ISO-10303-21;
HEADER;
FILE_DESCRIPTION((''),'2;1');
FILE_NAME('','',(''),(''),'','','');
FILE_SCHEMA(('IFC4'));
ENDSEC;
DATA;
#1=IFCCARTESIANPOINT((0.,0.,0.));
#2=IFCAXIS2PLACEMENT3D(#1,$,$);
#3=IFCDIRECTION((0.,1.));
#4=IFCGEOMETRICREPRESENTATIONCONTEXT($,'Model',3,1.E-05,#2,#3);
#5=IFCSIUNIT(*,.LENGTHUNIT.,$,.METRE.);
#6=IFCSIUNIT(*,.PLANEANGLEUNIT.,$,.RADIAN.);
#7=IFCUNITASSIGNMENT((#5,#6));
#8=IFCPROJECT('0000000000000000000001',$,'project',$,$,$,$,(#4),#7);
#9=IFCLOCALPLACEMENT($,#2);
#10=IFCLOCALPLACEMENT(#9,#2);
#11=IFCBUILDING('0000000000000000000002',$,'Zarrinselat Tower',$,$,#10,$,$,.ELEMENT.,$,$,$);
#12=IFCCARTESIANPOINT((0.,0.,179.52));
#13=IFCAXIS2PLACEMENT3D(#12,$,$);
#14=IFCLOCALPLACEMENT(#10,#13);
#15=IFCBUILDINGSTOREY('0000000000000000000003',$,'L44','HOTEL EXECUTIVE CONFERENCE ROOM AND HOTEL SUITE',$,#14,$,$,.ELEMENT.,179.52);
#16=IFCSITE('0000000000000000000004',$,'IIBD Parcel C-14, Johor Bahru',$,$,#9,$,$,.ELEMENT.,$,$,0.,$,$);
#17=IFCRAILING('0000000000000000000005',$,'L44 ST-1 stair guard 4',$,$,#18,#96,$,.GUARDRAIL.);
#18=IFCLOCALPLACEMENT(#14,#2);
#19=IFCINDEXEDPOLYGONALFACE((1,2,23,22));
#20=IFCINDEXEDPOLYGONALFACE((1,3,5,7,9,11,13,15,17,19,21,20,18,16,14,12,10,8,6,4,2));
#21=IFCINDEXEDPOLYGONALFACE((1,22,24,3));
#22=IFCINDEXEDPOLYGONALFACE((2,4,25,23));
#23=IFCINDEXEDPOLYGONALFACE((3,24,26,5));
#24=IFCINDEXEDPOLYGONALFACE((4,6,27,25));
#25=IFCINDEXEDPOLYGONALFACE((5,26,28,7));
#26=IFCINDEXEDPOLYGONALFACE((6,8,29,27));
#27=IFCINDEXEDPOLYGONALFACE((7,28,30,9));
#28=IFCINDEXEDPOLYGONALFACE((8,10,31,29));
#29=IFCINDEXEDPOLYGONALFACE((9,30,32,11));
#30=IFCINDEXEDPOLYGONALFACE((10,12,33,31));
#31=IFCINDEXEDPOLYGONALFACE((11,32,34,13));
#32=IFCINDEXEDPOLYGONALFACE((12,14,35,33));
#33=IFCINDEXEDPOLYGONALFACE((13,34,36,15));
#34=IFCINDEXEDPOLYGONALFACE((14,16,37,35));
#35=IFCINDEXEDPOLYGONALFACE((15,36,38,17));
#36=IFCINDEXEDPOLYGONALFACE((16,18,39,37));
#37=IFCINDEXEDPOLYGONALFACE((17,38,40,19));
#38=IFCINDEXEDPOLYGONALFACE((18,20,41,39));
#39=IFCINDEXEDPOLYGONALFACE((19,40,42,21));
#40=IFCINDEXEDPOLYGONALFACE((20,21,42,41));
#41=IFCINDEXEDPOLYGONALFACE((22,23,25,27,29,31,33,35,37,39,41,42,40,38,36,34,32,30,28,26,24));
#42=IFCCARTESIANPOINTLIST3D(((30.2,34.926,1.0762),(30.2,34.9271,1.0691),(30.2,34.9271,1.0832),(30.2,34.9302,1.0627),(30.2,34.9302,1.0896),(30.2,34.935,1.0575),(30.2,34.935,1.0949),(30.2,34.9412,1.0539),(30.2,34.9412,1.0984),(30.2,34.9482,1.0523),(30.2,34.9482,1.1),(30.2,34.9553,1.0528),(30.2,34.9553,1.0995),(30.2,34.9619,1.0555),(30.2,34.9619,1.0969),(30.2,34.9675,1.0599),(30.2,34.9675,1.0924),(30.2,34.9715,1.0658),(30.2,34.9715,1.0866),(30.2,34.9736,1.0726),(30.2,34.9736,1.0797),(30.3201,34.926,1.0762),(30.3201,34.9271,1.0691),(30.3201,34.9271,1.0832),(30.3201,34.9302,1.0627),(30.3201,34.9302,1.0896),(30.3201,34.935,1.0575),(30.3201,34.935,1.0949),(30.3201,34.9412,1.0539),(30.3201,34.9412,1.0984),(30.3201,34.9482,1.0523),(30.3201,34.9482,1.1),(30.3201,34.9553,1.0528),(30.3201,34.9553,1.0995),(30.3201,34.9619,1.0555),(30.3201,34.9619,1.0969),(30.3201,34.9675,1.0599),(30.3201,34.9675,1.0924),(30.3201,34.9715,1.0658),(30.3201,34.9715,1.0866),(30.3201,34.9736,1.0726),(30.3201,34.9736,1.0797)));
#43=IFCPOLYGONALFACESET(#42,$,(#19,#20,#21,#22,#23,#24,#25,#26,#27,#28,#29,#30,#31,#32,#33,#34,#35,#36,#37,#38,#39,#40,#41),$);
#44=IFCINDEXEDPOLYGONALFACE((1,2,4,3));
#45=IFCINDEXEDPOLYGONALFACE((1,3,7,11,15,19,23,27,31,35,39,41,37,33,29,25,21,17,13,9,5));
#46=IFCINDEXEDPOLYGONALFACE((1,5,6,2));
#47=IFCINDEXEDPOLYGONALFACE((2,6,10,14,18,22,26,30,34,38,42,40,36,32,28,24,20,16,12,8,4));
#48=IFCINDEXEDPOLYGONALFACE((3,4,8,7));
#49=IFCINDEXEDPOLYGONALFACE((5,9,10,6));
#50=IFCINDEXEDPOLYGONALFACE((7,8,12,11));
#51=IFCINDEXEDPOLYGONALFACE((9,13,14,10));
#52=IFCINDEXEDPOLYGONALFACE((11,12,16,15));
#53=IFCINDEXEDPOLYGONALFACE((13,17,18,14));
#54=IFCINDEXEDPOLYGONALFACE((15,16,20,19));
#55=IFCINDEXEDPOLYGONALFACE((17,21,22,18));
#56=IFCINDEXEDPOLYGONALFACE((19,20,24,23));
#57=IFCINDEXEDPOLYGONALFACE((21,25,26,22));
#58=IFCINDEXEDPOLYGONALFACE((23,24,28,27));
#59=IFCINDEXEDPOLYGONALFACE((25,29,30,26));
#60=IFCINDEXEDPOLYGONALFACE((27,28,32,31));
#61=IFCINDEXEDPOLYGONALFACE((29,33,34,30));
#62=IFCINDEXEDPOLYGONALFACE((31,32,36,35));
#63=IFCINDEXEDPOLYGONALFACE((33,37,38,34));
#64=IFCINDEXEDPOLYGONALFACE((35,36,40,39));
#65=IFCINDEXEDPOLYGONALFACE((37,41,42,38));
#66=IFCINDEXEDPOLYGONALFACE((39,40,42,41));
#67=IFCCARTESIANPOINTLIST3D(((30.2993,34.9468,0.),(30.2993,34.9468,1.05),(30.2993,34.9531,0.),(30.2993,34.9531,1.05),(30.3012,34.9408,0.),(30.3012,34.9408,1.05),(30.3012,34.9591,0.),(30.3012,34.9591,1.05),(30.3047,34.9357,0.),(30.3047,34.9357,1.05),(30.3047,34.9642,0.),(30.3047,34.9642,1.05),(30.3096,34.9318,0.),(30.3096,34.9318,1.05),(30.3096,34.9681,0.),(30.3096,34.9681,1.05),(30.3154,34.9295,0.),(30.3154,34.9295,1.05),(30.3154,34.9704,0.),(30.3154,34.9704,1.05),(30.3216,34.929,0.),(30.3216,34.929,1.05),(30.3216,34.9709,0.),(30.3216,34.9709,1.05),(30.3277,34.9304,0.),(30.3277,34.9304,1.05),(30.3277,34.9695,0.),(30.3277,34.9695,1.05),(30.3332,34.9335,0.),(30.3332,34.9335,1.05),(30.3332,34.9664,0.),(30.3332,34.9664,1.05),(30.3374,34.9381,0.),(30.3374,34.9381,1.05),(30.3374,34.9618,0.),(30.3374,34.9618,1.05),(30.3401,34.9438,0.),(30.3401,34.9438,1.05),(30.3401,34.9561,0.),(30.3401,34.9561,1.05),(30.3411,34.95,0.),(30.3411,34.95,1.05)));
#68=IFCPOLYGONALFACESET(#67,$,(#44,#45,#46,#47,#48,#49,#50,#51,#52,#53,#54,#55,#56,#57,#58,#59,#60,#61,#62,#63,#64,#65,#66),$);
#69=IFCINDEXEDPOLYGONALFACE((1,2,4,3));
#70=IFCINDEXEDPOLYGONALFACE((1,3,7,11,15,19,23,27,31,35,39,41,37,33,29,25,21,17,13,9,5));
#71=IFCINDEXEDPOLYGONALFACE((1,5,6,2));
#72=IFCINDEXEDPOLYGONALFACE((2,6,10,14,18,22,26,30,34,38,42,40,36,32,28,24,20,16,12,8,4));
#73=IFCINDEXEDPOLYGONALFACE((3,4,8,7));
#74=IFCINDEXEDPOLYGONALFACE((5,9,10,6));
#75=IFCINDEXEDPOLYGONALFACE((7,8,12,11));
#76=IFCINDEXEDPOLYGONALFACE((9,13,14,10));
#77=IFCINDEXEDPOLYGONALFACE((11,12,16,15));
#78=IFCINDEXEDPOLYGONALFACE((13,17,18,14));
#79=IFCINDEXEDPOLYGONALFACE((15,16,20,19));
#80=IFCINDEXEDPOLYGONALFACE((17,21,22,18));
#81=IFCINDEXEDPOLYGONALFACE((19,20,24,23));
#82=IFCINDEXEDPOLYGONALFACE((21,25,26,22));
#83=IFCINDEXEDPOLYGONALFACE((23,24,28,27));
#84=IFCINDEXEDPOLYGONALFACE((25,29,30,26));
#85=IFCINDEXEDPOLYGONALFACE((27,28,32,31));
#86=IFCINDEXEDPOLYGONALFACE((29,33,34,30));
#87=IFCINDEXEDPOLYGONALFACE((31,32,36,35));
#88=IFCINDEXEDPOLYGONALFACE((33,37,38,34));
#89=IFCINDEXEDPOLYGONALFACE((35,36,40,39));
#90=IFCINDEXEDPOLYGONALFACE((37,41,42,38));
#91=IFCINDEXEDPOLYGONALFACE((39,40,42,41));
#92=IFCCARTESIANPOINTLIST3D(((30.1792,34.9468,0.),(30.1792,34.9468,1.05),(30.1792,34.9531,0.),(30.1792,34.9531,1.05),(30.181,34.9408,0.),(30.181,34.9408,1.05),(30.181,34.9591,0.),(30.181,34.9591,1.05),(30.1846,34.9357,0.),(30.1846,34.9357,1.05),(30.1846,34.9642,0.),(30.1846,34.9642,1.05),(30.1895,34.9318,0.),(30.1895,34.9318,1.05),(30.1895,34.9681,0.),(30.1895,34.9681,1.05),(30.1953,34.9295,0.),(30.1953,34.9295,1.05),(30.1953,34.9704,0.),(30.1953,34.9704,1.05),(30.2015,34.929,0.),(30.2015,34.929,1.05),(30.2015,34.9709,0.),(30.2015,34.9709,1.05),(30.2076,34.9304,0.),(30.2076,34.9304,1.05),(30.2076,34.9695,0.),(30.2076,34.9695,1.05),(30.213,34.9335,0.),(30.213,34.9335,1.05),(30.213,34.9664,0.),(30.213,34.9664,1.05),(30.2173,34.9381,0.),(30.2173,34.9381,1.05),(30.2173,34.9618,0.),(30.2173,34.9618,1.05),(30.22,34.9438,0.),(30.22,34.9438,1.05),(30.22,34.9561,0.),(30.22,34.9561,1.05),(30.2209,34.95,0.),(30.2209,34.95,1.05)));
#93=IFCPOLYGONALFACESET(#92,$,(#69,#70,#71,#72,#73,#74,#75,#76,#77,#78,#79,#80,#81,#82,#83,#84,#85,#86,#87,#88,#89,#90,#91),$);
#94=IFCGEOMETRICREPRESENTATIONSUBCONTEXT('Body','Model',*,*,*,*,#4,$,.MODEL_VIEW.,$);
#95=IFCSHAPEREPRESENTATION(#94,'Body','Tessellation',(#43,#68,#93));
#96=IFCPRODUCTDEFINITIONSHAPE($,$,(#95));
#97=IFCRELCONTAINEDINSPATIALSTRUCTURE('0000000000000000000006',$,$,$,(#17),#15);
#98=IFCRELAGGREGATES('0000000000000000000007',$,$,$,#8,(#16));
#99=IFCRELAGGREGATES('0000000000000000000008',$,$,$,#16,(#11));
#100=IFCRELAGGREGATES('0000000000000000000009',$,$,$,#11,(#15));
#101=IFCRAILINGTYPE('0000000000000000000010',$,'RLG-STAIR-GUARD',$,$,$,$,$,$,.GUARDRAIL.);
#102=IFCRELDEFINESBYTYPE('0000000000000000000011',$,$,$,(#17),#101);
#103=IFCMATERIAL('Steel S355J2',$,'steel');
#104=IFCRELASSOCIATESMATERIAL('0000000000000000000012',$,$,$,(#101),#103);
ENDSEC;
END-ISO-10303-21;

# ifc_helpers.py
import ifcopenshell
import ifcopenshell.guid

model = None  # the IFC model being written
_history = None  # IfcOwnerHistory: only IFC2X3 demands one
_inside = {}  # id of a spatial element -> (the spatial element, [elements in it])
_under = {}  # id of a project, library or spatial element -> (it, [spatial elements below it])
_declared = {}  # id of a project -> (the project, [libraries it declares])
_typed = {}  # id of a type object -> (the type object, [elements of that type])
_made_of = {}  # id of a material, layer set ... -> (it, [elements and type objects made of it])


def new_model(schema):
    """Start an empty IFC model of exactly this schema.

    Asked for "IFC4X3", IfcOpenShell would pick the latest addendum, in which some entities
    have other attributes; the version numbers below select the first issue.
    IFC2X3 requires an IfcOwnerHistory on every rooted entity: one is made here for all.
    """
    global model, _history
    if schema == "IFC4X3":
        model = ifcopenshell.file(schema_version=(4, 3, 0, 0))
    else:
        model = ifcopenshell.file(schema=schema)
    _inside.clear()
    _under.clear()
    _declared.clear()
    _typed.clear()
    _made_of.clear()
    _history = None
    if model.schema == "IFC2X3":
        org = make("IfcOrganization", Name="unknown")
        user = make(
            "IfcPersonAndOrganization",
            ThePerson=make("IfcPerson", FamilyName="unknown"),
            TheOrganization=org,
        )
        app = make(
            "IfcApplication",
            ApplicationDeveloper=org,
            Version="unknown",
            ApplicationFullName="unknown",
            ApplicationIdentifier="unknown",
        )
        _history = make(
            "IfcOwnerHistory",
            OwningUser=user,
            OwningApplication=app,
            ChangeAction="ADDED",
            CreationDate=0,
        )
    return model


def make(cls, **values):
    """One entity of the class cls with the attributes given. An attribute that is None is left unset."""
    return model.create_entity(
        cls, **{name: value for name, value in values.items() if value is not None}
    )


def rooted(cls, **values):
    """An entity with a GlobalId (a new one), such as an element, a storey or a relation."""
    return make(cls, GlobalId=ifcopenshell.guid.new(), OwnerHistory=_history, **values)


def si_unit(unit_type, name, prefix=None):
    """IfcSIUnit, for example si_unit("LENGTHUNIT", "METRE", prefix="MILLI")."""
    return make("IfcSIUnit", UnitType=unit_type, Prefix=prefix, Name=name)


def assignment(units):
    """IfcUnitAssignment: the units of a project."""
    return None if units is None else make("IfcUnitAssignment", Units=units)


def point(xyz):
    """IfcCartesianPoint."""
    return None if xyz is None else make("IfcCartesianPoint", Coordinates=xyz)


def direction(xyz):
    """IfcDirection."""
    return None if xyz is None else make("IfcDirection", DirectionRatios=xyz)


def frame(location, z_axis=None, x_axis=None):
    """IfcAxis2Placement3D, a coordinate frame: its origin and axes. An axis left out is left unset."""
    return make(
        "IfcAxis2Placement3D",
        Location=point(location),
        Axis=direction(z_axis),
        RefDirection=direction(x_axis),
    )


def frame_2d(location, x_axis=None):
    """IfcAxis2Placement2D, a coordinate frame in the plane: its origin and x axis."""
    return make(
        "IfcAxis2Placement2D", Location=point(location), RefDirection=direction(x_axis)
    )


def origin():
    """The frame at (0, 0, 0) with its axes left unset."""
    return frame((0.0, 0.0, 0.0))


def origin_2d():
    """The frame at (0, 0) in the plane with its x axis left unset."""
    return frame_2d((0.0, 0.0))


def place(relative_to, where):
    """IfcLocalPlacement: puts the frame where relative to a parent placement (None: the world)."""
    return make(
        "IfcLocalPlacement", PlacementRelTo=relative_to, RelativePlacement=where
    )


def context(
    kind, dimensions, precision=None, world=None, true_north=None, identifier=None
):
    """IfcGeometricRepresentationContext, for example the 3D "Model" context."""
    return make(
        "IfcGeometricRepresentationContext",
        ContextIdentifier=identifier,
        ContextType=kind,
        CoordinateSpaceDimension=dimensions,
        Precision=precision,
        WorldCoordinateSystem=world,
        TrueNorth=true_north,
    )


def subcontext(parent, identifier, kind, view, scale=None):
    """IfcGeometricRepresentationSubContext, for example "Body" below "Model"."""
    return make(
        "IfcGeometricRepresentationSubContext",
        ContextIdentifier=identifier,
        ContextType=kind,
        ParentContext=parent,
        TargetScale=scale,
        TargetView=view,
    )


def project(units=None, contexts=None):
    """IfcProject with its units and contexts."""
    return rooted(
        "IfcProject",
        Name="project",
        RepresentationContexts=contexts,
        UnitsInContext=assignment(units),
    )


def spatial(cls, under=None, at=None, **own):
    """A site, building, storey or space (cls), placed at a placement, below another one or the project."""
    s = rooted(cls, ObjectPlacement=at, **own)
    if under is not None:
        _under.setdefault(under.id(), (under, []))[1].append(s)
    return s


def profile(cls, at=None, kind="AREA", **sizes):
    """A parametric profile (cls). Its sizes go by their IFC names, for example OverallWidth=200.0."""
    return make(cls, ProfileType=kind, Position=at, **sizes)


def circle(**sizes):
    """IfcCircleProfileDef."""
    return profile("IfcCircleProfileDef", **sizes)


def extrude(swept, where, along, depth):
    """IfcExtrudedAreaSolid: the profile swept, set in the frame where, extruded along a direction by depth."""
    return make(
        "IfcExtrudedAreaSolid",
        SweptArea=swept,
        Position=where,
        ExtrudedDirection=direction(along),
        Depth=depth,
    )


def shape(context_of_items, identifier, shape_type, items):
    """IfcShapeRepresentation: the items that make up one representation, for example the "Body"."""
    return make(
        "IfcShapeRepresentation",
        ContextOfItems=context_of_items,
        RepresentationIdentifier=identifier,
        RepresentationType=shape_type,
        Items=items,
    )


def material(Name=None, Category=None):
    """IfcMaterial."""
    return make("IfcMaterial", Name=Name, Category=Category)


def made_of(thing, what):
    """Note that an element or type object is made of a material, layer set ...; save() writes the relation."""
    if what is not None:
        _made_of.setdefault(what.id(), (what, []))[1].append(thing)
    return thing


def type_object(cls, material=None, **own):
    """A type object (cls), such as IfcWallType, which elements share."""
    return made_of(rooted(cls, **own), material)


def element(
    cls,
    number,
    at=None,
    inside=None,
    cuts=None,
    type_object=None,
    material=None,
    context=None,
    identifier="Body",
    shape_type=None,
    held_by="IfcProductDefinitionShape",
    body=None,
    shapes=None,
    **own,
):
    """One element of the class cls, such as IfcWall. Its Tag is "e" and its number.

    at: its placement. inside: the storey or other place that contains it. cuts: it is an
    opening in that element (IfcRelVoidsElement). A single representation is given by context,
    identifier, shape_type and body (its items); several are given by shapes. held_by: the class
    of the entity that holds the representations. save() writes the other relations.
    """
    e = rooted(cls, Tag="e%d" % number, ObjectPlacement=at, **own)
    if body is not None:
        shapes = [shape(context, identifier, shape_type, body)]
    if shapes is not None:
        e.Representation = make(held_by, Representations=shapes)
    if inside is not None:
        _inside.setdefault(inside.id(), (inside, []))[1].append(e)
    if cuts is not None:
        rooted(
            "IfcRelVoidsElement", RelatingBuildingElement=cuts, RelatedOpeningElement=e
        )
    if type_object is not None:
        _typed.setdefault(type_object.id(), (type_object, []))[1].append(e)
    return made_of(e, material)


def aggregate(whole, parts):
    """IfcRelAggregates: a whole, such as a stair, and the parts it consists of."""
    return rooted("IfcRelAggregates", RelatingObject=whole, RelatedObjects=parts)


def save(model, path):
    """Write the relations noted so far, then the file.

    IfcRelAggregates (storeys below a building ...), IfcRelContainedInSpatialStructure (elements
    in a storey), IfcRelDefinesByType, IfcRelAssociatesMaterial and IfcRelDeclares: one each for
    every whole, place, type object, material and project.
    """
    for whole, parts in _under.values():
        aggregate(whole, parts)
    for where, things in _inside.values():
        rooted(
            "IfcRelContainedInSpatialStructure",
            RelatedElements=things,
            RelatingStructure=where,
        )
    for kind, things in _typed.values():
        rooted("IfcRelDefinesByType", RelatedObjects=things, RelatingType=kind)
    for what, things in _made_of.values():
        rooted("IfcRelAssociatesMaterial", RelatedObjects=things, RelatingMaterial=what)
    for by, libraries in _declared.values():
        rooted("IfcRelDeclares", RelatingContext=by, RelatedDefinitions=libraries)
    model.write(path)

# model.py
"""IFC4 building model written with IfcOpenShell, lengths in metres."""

from ifc_helpers import new_model, si_unit, direction, frame, origin, origin_2d, place, context, subcontext, project, spatial, circle, extrude, material, type_object, element, save


model = new_model("IFC4")

# Units and contexts
model_context = context("Model", 3, precision=1e-05, world=origin(), true_north=direction((0.0, 1.0)))
body_context = subcontext(model_context, "Body", "Model", "MODEL_VIEW")
ifc_project = project(units=[si_unit("LENGTHUNIT", "METRE"), si_unit("PLANEANGLEUNIT", "RADIAN")], contexts=[model_context])

# Site, building, storey
site_placement = place(None, origin())
site = spatial("IfcSite", under=ifc_project, at=site_placement, Name="IIBD Parcel C-14, Johor Bahru", CompositionType="ELEMENT", RefElevation=0.0)
building_placement = place(site_placement, origin())
building = spatial("IfcBuilding", under=site, at=building_placement, Name="Zarrinselat Tower", CompositionType="ELEMENT")
storey_placement = place(building_placement, frame((0.0, 0.0, 179.52)))
storey = spatial("IfcBuildingStorey", under=building, at=storey_placement, Name="L44", Description="HOTEL EXECUTIVE CONFERENCE ROOM AND HOTEL SUITE", CompositionType="ELEMENT", Elevation=179.52)

# Railing
ifc_material_1 = material(Name="Steel S355J2", Category="steel")
railing_type_1 = type_object("IfcRailingType", Name="RLG-STAIR-GUARD", PredefinedType="GUARDRAIL", material=ifc_material_1)
railing_1_placement = place(storey_placement, frame((30.3201, 34.95, 0.0)))
element("IfcRailing", 1, at=railing_1_placement, inside=storey, type_object=railing_type_1, Name="L44 ST-1 stair guard 4", PredefinedType="GUARDRAIL", context=body_context, shape_type="SweptSolid", body=[
    extrude(circle(Radius=0.0239, at=origin_2d()), frame((0.0, 0.0, 1.0762), z_axis=(-1.0, 0.0, 0.0), x_axis=(0.0, -1.0, 0.0)), (0.0, 0.0, 1.0), 0.1201),
    extrude(circle(Radius=0.021, at=origin_2d()), origin(), (0.0, 0.0, 1.0), 1.05),
    extrude(circle(Radius=0.021, at=origin_2d()), frame((-0.1201, 0.0, 0.0)), (0.0, 0.0, 1.0), 1.05),
])

save(model, "model.ifc")
